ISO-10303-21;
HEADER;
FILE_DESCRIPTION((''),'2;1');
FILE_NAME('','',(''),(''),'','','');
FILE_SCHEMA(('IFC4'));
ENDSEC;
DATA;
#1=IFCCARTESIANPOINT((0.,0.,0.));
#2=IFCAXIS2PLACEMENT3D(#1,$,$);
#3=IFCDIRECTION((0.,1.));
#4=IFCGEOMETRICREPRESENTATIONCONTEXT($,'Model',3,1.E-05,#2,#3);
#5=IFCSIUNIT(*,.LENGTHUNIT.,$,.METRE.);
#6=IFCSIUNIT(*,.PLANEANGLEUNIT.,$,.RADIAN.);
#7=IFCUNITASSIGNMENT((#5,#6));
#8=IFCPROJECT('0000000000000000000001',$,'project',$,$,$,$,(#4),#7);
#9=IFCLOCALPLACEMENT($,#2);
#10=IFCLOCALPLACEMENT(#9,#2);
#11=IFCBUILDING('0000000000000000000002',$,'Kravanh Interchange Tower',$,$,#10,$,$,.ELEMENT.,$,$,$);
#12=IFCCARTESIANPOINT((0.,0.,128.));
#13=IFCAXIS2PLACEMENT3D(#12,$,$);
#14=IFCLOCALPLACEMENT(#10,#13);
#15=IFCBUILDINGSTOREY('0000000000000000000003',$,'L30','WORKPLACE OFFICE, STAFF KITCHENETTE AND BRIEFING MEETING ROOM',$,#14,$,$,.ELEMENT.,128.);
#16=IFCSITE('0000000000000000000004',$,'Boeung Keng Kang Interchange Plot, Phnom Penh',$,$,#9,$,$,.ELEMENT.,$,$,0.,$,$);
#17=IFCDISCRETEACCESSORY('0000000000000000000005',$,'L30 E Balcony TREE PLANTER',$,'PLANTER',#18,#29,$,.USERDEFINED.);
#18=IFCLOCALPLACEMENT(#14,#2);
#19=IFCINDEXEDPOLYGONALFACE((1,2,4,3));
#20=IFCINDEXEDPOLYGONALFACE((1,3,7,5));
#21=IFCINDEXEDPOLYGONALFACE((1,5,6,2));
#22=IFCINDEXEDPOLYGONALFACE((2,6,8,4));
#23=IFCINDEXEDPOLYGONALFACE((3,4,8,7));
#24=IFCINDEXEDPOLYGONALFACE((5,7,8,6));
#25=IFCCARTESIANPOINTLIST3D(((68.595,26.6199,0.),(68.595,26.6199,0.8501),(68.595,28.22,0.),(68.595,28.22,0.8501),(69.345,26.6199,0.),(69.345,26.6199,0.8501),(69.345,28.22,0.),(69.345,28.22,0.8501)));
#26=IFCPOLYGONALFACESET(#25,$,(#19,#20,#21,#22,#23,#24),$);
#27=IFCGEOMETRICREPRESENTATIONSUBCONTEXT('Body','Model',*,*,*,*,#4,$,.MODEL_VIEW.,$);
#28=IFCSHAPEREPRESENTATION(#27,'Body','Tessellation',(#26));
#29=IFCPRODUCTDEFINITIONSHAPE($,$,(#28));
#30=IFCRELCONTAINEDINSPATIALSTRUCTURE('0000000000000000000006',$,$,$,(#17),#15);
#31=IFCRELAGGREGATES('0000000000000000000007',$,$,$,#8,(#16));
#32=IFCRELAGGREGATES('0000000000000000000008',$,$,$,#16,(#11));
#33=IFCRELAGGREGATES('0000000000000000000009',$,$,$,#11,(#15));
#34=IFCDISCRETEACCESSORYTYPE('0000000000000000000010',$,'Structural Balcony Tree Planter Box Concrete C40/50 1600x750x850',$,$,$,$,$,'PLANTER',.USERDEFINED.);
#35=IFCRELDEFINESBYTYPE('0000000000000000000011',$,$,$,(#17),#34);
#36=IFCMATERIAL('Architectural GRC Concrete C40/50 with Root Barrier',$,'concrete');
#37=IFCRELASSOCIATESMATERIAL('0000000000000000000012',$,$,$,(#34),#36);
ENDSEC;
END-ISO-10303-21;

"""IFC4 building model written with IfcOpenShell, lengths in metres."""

from ifc_helpers import new_model, si_unit, direction, frame, origin, origin_2d, place, context, subcontext, project, spatial, rectangle, extrude, material, type_object, element, save


model = new_model("IFC4")

# Units and contexts
model_context = context("Model", 3, precision=1e-05, world=origin(), true_north=direction((0.0, 1.0)))
body_context = subcontext(model_context, "Body", "Model", "MODEL_VIEW")
ifc_project = project(units=[si_unit("LENGTHUNIT", "METRE"), si_unit("PLANEANGLEUNIT", "RADIAN")], contexts=[model_context])

# Site, building, storey
site_placement = place(None, origin())
site = spatial("IfcSite", under=ifc_project, at=site_placement, Name="Boeung Keng Kang Interchange Plot, Phnom Penh", CompositionType="ELEMENT", RefElevation=0.0)
building_placement = place(site_placement, origin())
building = spatial("IfcBuilding", under=site, at=building_placement, Name="Kravanh Interchange Tower", CompositionType="ELEMENT")
storey_placement = place(building_placement, frame((0.0, 0.0, 128.0)))
storey = spatial("IfcBuildingStorey", under=building, at=storey_placement, Name="L30", Description="WORKPLACE OFFICE, STAFF KITCHENETTE AND BRIEFING MEETING ROOM", CompositionType="ELEMENT", Elevation=128.0)

# Discrete accessory
ifc_material_1 = material(Name="Architectural GRC Concrete C40/50 with Root Barrier", Category="concrete")
discrete_accessory_type = type_object("IfcDiscreteAccessoryType", Name="Structural Balcony Tree Planter Box Concrete C40/50 1600x750x850", ElementType="PLANTER", PredefinedType="USERDEFINED", material=ifc_material_1)
discrete_accessory_placement = place(storey_placement, frame((68.97, 27.4199, 0.0), z_axis=(0.0, 0.0, 1.0), x_axis=(1.0, 0.0, 0.0)))
element("IfcDiscreteAccessory", 1, at=discrete_accessory_placement, inside=storey, type_object=discrete_accessory_type, Name="L30 E Balcony TREE PLANTER", ObjectType="PLANTER", PredefinedType="USERDEFINED", context=body_context, shape_type="SweptSolid", body=[
    extrude(rectangle(XDim=0.75, YDim=1.6001, at=origin_2d()), origin(), (0.0, 0.0, 1.0), 0.8501),
])

save(model, "model.ifc")
